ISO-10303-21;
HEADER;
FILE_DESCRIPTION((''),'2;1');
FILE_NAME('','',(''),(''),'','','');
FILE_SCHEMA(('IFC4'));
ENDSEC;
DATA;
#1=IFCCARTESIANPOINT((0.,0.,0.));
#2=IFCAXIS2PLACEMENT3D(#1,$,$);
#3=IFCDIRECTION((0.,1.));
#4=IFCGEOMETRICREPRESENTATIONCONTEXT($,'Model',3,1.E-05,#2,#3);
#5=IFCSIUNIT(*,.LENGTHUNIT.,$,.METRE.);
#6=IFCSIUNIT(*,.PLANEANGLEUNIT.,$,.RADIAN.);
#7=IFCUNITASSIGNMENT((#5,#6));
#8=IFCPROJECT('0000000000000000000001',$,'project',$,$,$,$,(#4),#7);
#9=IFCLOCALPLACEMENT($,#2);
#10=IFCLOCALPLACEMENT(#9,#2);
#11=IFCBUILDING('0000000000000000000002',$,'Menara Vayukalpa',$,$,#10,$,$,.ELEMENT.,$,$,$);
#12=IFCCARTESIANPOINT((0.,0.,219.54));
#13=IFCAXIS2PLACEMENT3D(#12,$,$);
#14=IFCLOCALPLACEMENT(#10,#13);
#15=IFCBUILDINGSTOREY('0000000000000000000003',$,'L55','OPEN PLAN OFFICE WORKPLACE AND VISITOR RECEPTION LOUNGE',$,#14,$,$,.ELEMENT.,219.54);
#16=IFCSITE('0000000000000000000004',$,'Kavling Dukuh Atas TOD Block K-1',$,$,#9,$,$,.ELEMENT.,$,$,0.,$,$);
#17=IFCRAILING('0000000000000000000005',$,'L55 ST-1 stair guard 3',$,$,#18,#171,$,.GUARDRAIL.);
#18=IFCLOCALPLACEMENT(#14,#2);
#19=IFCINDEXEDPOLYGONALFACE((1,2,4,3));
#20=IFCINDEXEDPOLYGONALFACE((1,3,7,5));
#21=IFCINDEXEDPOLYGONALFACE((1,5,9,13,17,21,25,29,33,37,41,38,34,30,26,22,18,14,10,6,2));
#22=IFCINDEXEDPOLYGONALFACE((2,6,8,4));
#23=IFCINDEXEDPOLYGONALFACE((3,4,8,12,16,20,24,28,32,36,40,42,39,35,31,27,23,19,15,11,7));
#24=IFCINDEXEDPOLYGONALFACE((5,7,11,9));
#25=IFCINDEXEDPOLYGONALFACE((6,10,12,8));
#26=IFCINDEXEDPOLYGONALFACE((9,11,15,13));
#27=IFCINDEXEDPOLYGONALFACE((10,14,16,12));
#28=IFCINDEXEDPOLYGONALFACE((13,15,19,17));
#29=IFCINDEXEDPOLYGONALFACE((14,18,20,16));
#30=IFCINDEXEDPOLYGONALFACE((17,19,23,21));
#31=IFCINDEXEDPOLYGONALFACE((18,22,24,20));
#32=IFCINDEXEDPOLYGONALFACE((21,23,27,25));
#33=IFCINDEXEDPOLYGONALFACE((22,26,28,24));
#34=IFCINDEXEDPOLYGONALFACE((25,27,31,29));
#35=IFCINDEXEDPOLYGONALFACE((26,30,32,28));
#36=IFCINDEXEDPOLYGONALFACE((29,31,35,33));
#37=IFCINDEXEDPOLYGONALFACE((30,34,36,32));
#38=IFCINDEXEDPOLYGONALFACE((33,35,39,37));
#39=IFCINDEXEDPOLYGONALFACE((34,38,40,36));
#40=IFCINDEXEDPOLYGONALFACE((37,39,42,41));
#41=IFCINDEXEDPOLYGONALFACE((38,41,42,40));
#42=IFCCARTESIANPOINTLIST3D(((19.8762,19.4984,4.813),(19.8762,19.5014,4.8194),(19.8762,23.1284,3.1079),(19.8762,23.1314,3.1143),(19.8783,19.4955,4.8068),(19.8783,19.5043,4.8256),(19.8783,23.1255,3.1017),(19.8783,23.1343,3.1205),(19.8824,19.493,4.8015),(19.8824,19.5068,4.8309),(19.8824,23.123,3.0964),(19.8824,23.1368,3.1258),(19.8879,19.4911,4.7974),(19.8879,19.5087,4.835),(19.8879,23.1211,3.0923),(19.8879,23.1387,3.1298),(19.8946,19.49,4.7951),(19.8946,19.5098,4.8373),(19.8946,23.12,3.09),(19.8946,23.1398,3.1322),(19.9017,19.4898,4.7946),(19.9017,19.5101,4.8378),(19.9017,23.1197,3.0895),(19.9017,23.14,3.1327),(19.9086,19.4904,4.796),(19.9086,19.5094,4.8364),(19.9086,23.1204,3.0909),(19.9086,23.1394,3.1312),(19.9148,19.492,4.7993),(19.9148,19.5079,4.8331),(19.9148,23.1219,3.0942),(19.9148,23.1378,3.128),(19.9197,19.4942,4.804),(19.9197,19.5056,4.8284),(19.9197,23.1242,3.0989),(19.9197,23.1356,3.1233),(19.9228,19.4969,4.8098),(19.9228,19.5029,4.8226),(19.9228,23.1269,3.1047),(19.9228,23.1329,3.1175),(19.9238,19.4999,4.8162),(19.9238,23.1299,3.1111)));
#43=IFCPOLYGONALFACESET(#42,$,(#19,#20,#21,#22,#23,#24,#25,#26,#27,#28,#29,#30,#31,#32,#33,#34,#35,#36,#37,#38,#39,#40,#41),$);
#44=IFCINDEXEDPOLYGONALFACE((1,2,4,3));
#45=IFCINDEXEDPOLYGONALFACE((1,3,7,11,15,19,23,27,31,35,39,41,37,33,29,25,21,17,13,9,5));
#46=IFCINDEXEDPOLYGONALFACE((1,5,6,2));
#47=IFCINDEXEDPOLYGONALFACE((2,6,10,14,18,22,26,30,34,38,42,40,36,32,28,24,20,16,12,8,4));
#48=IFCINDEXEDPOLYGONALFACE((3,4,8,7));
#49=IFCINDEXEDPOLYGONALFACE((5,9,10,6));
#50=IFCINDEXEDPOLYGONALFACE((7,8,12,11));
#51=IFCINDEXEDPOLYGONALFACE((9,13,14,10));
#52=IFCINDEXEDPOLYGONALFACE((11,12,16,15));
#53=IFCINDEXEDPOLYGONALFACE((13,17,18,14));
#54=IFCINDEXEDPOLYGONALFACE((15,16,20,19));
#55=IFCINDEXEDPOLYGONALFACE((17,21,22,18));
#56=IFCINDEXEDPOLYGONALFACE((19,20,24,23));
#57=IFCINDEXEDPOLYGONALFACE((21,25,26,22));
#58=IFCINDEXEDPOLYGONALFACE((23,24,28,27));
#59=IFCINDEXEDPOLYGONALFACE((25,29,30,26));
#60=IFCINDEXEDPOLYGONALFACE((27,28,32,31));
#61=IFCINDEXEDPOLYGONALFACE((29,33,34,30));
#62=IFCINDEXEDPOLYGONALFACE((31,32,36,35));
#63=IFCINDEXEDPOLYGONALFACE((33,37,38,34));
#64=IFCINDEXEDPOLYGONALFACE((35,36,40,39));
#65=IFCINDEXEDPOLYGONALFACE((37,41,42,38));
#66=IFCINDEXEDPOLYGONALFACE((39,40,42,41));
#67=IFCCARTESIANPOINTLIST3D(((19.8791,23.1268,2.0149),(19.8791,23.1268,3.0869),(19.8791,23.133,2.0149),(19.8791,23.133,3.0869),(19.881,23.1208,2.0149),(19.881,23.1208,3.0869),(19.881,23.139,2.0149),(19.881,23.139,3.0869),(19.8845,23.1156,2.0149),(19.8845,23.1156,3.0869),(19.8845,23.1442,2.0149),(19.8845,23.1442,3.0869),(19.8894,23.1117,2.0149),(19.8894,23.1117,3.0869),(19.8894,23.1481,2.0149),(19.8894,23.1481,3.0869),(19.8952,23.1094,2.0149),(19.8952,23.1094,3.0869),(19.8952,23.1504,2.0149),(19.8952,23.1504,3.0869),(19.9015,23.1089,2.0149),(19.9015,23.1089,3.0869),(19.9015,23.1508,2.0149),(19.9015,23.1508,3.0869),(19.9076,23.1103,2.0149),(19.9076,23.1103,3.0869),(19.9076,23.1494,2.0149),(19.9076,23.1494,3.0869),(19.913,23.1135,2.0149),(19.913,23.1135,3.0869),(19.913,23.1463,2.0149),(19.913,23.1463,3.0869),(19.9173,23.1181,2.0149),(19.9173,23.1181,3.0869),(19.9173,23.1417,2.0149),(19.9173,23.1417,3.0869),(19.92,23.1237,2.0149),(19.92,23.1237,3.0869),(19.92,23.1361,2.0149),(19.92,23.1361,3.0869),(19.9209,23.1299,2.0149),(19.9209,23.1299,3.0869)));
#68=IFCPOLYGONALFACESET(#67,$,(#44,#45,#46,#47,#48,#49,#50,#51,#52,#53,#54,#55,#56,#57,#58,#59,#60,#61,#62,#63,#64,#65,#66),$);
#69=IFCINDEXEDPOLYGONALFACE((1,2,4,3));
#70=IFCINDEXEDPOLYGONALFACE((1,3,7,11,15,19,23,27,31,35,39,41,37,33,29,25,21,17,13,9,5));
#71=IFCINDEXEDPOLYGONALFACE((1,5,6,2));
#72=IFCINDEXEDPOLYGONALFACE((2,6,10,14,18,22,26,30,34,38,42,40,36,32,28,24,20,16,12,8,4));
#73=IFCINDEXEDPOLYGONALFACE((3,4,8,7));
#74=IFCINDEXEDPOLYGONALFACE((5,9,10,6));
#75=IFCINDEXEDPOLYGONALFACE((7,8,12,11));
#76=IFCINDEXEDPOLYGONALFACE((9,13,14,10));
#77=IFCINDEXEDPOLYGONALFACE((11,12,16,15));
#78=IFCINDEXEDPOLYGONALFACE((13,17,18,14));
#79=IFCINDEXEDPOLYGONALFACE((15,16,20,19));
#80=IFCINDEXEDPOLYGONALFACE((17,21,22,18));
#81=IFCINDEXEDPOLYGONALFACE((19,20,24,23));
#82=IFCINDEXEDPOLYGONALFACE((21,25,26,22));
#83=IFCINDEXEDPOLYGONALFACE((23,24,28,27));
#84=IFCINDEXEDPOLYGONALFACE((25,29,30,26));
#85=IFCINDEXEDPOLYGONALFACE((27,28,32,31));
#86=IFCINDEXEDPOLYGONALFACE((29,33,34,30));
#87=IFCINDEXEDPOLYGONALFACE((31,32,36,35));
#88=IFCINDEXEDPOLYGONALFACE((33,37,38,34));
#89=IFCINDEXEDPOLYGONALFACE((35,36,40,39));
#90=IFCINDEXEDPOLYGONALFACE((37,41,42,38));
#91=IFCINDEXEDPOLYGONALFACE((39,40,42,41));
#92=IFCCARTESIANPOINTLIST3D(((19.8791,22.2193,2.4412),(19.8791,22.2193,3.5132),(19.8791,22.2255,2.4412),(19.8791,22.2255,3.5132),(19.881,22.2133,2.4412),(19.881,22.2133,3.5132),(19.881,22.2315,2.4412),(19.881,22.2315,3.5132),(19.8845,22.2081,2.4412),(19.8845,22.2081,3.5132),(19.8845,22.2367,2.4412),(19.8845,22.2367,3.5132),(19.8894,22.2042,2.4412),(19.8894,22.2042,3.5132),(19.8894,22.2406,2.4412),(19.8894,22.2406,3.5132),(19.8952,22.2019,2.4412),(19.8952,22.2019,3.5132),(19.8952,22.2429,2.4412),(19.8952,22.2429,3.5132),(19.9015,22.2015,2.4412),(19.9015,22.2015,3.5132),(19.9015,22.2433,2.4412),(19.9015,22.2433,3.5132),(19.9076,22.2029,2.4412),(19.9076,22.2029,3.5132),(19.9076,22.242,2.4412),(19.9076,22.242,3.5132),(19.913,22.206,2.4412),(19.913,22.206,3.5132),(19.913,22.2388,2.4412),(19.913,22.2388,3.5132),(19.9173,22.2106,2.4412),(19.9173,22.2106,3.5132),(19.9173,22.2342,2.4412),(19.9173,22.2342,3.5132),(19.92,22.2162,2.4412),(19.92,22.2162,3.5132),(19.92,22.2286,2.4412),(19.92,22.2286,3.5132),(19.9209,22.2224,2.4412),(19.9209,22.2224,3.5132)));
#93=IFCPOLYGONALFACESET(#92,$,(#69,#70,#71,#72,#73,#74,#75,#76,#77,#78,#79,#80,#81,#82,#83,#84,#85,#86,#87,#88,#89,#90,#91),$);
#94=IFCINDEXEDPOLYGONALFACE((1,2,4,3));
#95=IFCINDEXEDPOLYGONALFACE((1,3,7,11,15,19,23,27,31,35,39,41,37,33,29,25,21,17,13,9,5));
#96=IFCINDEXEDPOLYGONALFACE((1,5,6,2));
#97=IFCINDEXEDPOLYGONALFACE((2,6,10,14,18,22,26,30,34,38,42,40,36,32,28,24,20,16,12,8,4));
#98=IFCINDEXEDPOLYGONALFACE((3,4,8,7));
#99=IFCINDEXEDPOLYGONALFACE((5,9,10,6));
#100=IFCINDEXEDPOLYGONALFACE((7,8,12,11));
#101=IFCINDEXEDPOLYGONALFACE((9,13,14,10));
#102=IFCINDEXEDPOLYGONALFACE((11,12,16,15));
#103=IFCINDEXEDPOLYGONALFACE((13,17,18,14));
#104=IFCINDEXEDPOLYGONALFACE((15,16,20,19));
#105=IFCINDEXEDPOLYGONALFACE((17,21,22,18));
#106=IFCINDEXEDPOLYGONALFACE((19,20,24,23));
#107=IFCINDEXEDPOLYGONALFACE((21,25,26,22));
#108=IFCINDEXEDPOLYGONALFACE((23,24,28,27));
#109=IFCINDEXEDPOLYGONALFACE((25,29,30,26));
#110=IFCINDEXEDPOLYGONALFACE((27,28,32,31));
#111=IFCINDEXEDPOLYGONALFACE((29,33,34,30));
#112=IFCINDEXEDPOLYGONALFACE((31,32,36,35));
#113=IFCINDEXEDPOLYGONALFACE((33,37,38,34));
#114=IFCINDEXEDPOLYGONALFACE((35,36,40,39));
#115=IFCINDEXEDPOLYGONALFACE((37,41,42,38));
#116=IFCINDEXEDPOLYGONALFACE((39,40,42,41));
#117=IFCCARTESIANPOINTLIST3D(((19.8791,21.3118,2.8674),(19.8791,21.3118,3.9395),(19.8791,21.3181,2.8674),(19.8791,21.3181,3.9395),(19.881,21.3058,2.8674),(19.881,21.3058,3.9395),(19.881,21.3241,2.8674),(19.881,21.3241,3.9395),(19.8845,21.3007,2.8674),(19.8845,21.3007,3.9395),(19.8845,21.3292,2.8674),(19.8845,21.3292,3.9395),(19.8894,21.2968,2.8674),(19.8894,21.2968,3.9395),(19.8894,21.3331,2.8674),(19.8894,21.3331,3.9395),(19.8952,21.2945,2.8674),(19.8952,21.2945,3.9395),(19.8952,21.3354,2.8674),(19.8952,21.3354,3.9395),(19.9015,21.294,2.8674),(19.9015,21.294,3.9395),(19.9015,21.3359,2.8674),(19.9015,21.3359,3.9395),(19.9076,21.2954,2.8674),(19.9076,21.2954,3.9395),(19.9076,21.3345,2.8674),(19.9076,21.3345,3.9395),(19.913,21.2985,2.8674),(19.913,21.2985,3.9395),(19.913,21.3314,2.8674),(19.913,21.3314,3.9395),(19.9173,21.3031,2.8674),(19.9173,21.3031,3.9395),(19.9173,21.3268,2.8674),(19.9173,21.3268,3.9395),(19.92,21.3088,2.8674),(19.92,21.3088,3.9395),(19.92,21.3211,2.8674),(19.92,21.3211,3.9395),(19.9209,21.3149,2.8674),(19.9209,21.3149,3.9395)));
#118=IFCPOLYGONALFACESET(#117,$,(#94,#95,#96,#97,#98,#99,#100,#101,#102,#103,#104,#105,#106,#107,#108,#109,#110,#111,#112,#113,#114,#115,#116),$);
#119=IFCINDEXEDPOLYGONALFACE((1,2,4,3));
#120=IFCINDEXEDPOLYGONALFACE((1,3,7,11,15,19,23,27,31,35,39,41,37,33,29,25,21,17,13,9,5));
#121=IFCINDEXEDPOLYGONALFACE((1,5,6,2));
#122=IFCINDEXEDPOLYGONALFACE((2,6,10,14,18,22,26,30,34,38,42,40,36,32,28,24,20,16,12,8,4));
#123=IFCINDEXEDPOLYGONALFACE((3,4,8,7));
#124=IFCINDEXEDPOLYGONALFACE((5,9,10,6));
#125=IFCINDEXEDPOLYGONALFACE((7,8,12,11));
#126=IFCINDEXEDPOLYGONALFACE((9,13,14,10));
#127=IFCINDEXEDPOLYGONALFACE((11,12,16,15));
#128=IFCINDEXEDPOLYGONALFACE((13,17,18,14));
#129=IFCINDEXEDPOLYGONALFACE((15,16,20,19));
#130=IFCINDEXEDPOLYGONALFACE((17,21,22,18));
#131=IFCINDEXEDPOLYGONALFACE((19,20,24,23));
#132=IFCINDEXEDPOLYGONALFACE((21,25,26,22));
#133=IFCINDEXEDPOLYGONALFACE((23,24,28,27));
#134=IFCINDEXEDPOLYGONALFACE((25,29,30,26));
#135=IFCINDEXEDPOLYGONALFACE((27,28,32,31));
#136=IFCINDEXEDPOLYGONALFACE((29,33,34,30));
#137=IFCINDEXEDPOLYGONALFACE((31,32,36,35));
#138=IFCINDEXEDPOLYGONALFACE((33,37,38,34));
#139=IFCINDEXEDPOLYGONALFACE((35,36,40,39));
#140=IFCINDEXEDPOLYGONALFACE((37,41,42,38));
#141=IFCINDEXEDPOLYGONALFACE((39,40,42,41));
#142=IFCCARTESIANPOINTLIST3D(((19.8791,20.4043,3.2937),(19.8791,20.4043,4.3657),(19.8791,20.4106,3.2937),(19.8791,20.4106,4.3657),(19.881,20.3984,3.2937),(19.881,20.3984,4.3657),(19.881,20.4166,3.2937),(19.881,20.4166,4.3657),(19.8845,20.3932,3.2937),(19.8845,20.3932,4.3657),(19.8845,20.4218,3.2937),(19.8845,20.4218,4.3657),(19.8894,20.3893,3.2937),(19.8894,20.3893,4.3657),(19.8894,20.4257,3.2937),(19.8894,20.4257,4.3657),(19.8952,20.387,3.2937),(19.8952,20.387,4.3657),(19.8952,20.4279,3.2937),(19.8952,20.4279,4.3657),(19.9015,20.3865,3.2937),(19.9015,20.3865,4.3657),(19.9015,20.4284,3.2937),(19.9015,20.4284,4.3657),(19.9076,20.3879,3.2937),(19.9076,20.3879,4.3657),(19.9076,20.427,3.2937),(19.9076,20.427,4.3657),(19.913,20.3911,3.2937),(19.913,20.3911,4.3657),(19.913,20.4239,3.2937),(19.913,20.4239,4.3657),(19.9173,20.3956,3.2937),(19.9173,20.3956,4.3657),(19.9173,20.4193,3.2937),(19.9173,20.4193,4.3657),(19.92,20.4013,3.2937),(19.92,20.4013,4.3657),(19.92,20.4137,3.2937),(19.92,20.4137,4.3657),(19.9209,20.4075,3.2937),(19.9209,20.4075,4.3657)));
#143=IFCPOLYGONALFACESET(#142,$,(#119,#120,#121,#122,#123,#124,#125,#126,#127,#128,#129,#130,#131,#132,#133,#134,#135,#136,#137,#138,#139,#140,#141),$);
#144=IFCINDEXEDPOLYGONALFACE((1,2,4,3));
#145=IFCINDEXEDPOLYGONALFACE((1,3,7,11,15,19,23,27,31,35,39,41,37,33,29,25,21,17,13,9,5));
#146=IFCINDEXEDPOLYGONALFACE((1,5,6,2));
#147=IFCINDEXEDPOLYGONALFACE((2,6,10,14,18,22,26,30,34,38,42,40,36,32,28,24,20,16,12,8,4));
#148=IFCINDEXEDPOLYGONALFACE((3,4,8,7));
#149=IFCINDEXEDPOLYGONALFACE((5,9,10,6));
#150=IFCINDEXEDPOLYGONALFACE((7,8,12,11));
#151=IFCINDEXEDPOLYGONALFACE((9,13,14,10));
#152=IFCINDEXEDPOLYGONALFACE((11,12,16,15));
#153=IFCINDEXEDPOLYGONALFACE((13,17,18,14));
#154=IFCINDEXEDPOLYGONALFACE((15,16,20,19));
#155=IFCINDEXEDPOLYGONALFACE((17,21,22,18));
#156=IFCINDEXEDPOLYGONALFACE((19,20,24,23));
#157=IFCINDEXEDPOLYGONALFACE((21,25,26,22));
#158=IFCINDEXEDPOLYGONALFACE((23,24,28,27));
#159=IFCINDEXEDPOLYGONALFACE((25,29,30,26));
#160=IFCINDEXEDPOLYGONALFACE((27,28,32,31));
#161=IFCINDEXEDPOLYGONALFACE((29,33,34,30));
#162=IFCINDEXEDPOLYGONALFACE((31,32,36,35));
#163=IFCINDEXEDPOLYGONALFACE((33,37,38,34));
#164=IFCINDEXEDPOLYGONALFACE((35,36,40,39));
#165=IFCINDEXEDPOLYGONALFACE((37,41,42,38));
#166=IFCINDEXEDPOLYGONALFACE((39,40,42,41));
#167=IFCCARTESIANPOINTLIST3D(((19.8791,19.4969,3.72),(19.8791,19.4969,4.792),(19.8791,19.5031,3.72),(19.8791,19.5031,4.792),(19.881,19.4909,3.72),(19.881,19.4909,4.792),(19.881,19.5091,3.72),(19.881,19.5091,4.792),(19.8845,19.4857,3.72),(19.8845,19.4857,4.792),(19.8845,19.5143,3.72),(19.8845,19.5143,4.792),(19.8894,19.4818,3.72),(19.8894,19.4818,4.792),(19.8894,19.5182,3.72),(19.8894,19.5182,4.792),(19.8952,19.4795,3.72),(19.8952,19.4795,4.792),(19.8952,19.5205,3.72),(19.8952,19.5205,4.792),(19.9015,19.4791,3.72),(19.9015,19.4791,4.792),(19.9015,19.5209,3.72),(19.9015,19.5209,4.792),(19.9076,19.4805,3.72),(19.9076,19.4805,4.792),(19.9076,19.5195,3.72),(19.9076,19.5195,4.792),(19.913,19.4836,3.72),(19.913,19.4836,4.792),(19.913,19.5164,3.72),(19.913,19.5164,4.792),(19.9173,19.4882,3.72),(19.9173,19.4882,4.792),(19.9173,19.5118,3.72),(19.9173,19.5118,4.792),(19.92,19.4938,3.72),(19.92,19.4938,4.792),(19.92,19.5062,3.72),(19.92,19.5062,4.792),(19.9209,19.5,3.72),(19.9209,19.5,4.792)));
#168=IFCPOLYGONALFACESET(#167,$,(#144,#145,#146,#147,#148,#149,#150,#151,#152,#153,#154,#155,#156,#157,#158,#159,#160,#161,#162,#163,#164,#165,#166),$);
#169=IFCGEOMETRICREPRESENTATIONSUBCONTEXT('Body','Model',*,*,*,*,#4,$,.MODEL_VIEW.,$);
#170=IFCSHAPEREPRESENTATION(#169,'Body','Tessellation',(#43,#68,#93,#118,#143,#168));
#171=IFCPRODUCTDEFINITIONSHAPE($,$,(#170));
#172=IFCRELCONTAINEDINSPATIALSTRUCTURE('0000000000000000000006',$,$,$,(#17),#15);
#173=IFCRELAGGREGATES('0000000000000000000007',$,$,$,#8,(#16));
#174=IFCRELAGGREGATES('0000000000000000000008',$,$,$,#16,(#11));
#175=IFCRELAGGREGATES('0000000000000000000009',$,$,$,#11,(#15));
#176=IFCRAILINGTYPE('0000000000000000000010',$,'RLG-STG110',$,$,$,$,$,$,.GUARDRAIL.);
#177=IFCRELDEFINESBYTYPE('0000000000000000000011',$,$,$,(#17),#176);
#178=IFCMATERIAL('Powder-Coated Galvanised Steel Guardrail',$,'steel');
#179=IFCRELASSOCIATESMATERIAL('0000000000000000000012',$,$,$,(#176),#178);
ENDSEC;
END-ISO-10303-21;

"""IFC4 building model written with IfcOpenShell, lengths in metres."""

from ifc_helpers import new_model, si_unit, direction, frame, origin, origin_2d, place, context, subcontext, project, spatial, circle, extrude, material, type_object, element, save


model = new_model("IFC4")

# Units and contexts
model_context = context("Model", 3, precision=1e-05, world=origin(), true_north=direction((0.0, 1.0)))
body_context = subcontext(model_context, "Body", "Model", "MODEL_VIEW")
ifc_project = project(units=[si_unit("LENGTHUNIT", "METRE"), si_unit("PLANEANGLEUNIT", "RADIAN")], contexts=[model_context])

# Site, building, storey
site_placement = place(None, origin())
site = spatial("IfcSite", under=ifc_project, at=site_placement, Name="Kavling Dukuh Atas TOD Block K-1", CompositionType="ELEMENT", RefElevation=0.0)
building_placement = place(site_placement, origin())
building = spatial("IfcBuilding", under=site, at=building_placement, Name="Menara Vayukalpa", CompositionType="ELEMENT")
storey_placement = place(building_placement, frame((0.0, 0.0, 219.54)))
storey = spatial("IfcBuildingStorey", under=building, at=storey_placement, Name="L55", Description="OPEN PLAN OFFICE WORKPLACE AND VISITOR RECEPTION LOUNGE", CompositionType="ELEMENT", Elevation=219.54)

# Railing
ifc_material_1 = material(Name="Powder-Coated Galvanised Steel Guardrail", Category="steel")
railing_type_1 = type_object("IfcRailingType", Name="RLG-STG110", PredefinedType="GUARDRAIL", material=ifc_material_1)
railing_1_placement = place(storey_placement, frame((19.8999, 23.1299, 2.0149)))
element("IfcRailing", 1, at=railing_1_placement, inside=storey, type_object=railing_type_1, Name="L55 ST-1 stair guard 3", PredefinedType="GUARDRAIL", context=body_context, shape_type="SweptSolid", body=[
    extrude(circle(Radius=0.0239, at=origin_2d()), frame((0.0, 0.0, 1.0962), z_axis=(0.0, -0.905116, 0.425164), x_axis=(1.0, 0.0, 0.0)), (0.0, 0.0, 1.0), 4.0105),
    extrude(circle(Radius=0.021, at=origin_2d()), origin(), (0.0, 0.0, 1.0), 1.072),
    extrude(circle(Radius=0.021, at=origin_2d()), frame((0.0, -0.9075, 0.4263)), (0.0, 0.0, 1.0), 1.072),
    extrude(circle(Radius=0.021, at=origin_2d()), frame((0.0, -1.8149, 0.8525)), (0.0, 0.0, 1.0), 1.072),
    extrude(circle(Radius=0.021, at=origin_2d()), frame((0.0, -2.7224, 1.2788)), (0.0, 0.0, 1.0), 1.072),
    extrude(circle(Radius=0.021, at=origin_2d()), frame((0.0, -3.6299, 1.7051)), (0.0, 0.0, 1.0), 1.072),
])

save(model, "model.ifc")
